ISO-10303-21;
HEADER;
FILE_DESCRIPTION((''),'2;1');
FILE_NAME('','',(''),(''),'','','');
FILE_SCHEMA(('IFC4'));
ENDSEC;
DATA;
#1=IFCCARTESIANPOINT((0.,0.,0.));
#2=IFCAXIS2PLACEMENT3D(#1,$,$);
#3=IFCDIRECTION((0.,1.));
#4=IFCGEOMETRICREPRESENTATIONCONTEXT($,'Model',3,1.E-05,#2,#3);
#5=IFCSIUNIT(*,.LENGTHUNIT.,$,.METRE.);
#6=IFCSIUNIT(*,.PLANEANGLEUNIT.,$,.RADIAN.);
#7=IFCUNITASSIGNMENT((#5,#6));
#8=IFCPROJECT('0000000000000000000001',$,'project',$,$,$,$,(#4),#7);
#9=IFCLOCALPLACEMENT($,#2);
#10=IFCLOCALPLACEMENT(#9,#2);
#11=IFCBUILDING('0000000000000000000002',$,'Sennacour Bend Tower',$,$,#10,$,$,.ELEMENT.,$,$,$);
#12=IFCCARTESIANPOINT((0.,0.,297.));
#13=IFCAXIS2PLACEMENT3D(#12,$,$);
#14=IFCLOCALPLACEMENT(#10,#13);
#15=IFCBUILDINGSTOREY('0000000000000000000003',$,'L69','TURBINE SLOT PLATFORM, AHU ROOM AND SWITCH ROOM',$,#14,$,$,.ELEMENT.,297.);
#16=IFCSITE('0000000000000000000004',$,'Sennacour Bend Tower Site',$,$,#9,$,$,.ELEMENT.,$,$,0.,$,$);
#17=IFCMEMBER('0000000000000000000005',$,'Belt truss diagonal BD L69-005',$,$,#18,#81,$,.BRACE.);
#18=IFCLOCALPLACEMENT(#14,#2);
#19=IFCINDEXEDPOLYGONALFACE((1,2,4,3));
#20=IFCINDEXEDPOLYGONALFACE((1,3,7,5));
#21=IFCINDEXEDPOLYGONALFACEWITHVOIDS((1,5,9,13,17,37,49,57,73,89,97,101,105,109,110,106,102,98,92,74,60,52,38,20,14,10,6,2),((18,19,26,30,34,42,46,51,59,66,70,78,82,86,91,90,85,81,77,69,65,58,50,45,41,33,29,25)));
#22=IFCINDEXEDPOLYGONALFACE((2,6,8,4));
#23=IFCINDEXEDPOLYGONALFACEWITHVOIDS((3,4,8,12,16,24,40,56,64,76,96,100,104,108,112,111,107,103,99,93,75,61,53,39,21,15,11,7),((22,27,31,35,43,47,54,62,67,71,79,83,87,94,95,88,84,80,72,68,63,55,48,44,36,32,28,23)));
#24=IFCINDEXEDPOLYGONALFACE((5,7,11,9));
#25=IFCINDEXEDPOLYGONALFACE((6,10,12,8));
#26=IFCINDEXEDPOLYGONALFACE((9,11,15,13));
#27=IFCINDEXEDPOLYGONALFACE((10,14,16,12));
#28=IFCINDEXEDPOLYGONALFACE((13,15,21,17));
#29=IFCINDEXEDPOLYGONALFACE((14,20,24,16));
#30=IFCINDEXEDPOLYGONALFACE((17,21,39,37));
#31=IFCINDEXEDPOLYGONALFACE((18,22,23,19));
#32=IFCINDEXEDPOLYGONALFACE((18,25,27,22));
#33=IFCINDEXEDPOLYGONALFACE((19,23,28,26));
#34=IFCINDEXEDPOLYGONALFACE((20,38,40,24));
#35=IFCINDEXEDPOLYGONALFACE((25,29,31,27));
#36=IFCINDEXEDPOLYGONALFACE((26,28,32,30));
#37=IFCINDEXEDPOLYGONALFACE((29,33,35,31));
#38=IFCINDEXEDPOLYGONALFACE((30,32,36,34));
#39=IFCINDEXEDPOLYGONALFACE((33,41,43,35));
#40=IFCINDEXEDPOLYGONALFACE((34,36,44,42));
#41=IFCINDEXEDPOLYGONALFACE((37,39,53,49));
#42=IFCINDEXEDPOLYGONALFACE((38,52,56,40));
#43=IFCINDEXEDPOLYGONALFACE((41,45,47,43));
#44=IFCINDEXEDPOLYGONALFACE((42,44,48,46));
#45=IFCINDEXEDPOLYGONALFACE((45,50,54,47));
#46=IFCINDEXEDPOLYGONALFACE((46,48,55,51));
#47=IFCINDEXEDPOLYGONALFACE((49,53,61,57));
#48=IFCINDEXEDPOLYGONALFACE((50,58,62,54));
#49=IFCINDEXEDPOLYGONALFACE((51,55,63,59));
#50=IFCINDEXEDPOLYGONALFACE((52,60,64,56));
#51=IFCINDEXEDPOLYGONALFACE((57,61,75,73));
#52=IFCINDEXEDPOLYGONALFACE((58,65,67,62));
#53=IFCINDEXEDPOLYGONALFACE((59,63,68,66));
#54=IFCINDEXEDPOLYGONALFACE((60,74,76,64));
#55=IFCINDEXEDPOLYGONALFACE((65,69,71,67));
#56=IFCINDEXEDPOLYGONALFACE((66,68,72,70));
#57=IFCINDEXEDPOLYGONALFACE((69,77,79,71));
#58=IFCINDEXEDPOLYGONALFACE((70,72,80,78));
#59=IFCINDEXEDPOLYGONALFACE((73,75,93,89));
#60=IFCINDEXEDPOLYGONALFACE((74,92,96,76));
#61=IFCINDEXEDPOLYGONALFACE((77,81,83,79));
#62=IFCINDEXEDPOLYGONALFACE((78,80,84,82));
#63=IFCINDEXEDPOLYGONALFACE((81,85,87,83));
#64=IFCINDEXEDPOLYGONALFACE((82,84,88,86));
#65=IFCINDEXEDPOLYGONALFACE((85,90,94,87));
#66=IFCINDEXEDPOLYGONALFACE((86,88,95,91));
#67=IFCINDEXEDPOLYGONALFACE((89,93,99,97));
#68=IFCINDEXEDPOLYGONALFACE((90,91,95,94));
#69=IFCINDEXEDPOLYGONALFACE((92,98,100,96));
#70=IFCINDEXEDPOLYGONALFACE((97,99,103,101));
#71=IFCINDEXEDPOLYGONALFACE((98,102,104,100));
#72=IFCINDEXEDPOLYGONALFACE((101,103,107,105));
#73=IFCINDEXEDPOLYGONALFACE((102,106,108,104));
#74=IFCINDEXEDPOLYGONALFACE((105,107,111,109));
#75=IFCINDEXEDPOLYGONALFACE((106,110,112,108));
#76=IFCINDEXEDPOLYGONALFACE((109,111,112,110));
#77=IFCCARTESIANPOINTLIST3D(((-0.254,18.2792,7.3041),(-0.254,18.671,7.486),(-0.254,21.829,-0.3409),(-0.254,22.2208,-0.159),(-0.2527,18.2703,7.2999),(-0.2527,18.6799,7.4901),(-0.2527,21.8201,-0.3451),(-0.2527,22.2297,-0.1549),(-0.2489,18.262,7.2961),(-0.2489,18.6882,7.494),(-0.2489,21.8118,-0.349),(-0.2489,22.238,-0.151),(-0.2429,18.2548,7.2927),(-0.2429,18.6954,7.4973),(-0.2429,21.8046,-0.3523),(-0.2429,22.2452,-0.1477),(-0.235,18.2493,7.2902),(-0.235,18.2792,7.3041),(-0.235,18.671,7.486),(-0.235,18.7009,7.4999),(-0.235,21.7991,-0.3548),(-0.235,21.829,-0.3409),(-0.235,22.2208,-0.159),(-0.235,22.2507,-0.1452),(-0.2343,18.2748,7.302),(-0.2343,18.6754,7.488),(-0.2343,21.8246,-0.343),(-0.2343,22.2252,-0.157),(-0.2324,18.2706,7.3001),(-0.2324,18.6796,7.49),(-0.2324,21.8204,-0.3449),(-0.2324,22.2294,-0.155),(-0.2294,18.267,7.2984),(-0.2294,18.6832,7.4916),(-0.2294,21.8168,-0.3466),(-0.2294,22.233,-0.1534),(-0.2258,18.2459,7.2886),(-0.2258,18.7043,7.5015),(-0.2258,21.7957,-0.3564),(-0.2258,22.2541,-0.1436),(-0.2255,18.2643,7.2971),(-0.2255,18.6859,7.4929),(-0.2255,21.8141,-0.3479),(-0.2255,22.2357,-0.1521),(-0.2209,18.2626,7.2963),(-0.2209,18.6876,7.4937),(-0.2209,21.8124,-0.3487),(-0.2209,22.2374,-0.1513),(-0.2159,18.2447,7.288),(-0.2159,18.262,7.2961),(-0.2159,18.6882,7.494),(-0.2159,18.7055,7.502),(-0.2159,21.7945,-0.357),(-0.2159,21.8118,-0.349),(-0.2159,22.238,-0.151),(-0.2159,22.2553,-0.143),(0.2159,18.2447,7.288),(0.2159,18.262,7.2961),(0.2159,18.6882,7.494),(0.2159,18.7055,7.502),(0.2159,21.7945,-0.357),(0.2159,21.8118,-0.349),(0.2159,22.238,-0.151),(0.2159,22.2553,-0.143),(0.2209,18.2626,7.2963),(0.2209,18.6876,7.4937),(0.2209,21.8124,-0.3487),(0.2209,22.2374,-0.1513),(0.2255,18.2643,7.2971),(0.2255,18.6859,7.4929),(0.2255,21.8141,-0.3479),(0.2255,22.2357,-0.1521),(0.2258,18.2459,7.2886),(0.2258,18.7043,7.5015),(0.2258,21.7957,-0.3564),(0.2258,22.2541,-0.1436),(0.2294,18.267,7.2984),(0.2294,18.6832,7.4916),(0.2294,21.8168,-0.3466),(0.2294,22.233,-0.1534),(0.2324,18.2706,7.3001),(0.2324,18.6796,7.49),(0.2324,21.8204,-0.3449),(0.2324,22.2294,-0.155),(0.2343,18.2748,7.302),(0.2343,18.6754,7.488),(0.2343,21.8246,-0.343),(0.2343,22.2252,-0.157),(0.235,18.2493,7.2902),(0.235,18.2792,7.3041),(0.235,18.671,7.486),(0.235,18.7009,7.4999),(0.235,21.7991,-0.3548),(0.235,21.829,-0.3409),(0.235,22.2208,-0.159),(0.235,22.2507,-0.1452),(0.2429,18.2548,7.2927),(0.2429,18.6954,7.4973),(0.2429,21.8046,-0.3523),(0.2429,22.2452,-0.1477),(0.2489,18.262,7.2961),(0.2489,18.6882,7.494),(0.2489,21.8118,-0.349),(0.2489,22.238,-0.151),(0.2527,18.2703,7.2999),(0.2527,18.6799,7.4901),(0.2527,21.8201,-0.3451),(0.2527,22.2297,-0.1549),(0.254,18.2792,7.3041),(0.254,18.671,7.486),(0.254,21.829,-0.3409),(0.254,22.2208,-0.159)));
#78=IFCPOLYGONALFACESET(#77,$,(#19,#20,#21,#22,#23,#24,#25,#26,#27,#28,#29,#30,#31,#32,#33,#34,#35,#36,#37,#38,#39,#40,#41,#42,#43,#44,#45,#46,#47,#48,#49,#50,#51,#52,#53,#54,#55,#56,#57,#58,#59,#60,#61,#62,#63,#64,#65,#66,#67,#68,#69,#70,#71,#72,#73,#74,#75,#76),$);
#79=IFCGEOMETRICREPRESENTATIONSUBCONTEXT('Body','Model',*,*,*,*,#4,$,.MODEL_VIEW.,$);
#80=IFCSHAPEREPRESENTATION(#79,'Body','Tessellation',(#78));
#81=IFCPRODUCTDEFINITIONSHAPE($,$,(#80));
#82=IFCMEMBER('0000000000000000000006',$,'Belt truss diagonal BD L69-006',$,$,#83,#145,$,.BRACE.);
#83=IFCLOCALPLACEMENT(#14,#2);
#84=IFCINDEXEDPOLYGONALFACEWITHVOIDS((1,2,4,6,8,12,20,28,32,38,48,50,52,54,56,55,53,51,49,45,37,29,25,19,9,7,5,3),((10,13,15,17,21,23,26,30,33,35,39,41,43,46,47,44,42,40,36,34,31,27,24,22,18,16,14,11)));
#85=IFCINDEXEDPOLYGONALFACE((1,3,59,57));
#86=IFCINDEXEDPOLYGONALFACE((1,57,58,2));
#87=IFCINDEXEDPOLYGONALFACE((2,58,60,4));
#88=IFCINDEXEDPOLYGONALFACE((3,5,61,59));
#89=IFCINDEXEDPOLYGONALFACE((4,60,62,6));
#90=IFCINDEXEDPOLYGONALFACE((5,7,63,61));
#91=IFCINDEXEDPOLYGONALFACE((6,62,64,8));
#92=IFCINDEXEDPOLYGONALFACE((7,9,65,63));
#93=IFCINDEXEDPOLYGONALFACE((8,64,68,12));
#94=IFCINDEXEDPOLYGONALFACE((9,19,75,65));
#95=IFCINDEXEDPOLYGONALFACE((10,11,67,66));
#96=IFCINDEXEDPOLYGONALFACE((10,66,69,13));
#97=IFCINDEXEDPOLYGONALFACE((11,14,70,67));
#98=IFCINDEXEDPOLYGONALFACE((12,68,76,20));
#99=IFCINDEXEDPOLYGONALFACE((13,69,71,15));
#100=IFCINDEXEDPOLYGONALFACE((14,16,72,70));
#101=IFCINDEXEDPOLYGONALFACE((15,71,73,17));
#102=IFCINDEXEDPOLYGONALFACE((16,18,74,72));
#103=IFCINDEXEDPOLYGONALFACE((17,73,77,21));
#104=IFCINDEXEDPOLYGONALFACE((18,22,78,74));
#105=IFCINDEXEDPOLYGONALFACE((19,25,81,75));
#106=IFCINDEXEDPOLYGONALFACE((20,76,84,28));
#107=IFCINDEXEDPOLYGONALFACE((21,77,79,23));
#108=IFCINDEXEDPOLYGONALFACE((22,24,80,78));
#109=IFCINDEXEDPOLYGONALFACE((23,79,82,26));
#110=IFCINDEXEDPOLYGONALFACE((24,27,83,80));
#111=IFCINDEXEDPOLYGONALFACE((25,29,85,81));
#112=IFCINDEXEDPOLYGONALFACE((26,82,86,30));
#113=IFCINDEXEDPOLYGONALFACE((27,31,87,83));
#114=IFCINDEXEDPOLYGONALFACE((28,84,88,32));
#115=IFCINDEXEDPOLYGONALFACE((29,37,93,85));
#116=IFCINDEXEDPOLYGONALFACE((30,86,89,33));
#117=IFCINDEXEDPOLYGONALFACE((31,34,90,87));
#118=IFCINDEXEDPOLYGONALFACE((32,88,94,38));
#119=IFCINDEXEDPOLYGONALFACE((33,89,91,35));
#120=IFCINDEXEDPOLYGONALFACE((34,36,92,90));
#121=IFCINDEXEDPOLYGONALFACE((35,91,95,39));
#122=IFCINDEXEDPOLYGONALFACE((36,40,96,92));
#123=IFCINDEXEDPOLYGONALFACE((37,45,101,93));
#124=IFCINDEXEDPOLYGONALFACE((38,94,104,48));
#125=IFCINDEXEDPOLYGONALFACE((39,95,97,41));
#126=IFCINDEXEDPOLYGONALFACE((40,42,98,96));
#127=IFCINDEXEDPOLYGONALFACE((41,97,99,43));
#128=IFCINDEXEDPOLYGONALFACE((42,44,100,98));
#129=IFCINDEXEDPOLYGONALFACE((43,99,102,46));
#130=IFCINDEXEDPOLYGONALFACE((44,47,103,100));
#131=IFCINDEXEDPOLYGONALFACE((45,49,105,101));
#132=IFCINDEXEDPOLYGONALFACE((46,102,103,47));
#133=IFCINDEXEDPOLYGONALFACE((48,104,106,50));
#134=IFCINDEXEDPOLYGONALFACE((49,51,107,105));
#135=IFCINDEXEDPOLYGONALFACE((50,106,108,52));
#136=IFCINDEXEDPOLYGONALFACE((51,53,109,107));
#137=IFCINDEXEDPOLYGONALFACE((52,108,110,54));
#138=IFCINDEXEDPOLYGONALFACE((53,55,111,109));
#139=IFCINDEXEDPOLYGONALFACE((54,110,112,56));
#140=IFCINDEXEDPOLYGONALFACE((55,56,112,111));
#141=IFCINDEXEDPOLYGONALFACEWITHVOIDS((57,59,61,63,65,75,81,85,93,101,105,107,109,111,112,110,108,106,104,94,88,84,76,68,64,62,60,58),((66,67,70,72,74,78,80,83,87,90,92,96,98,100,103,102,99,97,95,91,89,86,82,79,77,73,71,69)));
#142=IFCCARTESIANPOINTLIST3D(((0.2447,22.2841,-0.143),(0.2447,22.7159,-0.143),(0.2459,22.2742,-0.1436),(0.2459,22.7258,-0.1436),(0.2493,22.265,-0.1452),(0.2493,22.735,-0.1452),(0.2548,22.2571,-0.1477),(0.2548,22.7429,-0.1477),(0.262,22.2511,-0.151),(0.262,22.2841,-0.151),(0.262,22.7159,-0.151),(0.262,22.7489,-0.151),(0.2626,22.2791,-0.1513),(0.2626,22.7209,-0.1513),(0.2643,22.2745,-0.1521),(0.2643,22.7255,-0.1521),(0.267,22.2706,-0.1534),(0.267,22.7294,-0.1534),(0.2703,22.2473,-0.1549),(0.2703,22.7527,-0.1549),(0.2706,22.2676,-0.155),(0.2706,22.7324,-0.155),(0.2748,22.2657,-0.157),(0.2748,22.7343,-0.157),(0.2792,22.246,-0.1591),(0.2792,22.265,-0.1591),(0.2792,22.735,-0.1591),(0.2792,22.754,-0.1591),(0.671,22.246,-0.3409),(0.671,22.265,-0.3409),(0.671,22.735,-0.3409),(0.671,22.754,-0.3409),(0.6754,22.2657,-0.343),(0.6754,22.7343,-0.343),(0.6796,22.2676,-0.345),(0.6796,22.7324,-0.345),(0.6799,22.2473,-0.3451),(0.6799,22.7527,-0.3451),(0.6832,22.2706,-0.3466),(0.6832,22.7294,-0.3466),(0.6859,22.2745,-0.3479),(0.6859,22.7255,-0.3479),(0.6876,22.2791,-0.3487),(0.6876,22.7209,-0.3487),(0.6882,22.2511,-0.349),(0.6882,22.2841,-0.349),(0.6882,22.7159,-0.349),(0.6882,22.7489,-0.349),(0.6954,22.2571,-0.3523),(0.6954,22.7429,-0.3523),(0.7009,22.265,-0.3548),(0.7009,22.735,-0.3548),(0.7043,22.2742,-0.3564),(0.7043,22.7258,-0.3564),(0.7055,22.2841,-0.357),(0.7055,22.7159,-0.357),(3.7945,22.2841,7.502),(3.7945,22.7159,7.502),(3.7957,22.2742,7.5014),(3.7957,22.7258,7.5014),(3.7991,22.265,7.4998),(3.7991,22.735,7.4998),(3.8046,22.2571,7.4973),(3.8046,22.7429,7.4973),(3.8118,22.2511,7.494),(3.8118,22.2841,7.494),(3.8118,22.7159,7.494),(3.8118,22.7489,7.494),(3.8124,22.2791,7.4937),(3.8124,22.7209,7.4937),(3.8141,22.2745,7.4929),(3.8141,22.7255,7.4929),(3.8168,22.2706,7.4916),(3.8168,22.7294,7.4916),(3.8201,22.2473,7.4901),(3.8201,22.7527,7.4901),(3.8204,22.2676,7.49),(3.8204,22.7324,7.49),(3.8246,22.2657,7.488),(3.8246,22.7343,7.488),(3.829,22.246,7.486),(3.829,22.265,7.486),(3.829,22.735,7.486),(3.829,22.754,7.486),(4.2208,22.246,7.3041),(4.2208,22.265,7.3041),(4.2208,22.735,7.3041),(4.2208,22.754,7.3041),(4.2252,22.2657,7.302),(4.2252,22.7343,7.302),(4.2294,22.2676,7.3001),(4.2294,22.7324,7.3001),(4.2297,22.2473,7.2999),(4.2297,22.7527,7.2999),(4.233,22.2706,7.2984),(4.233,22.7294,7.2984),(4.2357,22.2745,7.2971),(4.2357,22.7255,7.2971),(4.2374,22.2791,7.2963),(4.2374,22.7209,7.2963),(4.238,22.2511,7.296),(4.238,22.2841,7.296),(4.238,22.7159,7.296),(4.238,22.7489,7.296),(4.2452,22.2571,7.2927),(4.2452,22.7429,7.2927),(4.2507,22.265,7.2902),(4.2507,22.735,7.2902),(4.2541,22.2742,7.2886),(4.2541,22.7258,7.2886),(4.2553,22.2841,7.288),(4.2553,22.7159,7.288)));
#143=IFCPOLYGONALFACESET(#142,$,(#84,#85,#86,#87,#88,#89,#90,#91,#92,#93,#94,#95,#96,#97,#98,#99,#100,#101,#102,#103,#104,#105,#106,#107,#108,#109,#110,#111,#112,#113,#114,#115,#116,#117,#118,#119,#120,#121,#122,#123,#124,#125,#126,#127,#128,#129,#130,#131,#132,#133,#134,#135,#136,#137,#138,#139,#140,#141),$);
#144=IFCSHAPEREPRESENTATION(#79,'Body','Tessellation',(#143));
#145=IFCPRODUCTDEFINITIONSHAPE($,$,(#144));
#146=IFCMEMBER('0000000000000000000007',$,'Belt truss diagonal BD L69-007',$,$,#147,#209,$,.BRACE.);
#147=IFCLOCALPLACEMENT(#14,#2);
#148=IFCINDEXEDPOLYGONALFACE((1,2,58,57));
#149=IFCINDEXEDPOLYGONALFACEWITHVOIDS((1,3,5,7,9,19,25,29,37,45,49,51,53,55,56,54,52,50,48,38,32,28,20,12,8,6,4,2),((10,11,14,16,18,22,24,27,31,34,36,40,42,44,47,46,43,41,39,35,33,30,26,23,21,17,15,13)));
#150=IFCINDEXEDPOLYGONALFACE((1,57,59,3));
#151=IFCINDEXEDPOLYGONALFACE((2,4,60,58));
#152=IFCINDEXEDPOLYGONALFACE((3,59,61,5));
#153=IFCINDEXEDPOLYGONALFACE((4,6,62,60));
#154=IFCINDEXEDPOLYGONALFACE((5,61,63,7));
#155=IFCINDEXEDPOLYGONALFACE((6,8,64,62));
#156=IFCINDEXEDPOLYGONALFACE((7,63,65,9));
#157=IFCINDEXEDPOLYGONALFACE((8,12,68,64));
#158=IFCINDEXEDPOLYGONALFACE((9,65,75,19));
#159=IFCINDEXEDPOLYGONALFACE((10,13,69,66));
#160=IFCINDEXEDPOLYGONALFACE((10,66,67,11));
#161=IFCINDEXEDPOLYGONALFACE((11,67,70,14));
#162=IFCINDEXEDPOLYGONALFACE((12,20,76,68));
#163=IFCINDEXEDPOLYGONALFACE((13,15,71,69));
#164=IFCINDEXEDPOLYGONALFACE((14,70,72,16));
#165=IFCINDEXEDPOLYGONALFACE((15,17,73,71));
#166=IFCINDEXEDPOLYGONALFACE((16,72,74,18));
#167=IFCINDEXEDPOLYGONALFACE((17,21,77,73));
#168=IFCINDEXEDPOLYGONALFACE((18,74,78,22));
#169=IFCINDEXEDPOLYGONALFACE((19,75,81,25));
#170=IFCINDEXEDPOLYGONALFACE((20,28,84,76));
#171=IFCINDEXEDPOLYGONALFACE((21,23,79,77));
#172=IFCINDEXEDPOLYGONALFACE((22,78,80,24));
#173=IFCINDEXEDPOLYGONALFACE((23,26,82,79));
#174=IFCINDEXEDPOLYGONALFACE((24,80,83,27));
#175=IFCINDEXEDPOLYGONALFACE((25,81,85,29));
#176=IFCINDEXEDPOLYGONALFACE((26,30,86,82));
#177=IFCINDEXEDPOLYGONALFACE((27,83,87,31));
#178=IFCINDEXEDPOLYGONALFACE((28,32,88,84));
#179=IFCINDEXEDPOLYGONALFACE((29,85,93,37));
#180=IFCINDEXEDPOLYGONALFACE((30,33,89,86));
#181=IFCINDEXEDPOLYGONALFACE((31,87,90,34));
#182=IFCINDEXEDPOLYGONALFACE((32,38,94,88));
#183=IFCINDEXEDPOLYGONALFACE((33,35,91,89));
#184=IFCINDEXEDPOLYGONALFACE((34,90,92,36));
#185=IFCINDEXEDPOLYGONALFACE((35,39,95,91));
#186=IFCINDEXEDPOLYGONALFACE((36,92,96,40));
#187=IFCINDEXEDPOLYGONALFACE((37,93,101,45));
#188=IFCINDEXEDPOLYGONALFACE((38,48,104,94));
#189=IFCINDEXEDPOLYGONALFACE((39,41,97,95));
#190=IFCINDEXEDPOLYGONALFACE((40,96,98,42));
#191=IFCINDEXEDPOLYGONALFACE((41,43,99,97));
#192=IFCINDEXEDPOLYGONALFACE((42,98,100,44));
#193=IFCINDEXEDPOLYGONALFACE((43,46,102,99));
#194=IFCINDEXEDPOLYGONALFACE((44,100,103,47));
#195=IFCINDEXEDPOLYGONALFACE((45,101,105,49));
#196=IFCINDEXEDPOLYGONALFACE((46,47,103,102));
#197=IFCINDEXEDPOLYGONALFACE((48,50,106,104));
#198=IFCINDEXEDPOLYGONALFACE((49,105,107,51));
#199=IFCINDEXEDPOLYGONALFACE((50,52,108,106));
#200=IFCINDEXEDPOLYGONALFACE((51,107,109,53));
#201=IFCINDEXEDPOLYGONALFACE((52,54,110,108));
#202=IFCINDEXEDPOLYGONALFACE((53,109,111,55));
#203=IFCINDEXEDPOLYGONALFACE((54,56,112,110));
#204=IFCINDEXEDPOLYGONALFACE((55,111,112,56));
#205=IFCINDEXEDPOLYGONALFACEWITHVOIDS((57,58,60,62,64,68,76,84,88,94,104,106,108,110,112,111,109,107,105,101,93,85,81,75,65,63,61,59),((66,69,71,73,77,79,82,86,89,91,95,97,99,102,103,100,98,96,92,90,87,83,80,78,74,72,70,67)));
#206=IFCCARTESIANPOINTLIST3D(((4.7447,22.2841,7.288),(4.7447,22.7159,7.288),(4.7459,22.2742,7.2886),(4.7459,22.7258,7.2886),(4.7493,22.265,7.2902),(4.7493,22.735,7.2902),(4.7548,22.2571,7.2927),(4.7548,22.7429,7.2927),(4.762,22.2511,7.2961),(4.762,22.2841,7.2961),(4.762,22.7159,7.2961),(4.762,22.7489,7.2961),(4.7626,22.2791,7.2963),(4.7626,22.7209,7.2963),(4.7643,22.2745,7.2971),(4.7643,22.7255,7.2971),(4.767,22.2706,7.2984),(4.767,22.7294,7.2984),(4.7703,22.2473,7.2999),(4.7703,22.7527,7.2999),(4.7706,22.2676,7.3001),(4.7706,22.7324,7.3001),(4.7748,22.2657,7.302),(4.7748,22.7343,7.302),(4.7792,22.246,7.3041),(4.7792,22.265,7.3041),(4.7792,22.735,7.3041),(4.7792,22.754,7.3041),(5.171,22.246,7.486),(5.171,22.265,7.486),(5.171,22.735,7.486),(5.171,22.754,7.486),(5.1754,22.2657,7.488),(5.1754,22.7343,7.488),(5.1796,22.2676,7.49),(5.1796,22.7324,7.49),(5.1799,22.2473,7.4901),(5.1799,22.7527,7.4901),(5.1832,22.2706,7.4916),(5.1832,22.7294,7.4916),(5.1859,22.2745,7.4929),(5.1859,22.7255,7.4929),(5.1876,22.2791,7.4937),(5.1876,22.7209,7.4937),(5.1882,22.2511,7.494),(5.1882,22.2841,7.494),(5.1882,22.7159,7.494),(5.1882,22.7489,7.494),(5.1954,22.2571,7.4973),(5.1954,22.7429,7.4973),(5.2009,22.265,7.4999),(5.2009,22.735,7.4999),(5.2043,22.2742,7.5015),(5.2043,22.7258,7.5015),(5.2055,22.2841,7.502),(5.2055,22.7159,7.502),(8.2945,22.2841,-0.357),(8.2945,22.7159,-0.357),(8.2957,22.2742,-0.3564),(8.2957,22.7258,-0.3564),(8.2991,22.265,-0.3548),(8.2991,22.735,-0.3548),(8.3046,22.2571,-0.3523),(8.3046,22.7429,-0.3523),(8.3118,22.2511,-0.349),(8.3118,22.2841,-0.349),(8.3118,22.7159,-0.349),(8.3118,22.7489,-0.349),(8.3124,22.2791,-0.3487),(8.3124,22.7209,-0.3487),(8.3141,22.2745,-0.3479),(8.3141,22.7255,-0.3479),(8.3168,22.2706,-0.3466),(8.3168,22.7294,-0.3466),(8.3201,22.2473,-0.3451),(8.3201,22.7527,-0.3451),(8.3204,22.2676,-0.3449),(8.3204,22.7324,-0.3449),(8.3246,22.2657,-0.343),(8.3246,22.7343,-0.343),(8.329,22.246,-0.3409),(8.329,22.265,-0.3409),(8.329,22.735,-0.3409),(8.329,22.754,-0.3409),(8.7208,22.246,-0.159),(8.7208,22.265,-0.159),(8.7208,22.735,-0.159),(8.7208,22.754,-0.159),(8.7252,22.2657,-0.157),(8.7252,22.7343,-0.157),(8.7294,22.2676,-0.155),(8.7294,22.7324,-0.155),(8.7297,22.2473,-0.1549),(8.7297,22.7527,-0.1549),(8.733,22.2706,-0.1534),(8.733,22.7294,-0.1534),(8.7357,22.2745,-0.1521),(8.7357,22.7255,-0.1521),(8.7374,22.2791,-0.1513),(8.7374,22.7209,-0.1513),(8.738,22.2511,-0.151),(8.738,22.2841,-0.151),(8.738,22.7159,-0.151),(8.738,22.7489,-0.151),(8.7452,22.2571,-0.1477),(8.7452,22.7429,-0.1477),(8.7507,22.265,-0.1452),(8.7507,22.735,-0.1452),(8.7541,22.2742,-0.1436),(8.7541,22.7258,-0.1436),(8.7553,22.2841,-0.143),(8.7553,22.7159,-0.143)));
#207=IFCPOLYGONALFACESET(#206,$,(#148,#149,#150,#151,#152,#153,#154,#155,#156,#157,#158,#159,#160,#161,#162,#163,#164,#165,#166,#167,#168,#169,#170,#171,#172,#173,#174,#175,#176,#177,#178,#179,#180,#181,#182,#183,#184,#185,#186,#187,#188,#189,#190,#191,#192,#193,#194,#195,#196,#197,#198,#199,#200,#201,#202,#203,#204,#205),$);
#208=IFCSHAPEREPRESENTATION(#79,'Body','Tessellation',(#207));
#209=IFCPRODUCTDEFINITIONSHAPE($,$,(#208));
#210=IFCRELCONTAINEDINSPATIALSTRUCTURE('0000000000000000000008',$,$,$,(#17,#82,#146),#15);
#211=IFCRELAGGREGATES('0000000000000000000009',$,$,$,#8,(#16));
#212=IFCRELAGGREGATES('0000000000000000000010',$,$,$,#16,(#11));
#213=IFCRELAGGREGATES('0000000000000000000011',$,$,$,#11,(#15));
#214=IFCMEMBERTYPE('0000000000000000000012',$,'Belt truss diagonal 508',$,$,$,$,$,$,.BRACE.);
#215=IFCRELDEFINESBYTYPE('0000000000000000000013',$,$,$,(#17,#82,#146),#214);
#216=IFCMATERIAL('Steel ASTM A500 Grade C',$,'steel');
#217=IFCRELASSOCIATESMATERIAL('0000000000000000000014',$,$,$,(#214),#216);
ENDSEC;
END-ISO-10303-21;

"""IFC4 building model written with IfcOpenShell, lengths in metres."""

from ifc_helpers import new_model, si_unit, direction, frame, origin, origin_2d, place, context, subcontext, project, spatial, hollow_rectangle, extrude, material, material_profile, profile_set, type_object, element, save


model = new_model("IFC4")

# Units and contexts
model_context = context("Model", 3, precision=1e-05, world=origin(), true_north=direction((0.0, 1.0)))
body_context = subcontext(model_context, "Body", "Model", "MODEL_VIEW")
ifc_project = project(units=[si_unit("LENGTHUNIT", "METRE"), si_unit("PLANEANGLEUNIT", "RADIAN")], contexts=[model_context])

# Site, building, storey
site_placement = place(None, origin())
site = spatial("IfcSite", under=ifc_project, at=site_placement, Name="Sennacour Bend Tower Site", CompositionType="ELEMENT", RefElevation=0.0)
building_placement = place(site_placement, origin())
building = spatial("IfcBuilding", under=site, at=building_placement, Name="Sennacour Bend Tower", CompositionType="ELEMENT")
storey_placement = place(building_placement, frame((0.0, 0.0, 297.0)))
storey = spatial("IfcBuildingStorey", under=building, at=storey_placement, Name="L69", Description="TURBINE SLOT PLATFORM, AHU ROOM AND SWITCH ROOM", CompositionType="ELEMENT", Elevation=297.0)

# Members
ifc_material_1 = material(Name="Steel ASTM A500 Grade C", Category="steel")
ifc_material_profile_1 = material_profile(ifc_material_1, hollow_rectangle(XDim=0.5081, YDim=0.5081, WallThickness=0.019, InnerFilletRadius=0.019, OuterFilletRadius=0.0381, at=origin_2d()), Name="Steel ASTM A500 Grade C", Category="steel")
ifc_profile_set_1 = profile_set([ifc_material_profile_1], Name="Steel ASTM A500 Grade C")
member_type_1 = type_object("IfcMemberType", Name="Belt truss diagonal 508", PredefinedType="BRACE", material=ifc_profile_set_1)
for number, where, z_axis, x_axis, name in (
    (1, (0.0, 18.4751, 7.395), (0.0, 0.421144, -0.906994), (-1.0, 0.0, 0.0), "Belt truss diagonal BD L69-005"),
    (2, (0.4751, 22.5, -0.25), (0.421144, 0.0, 0.906994), (0.0, 1.0, 0.0), "Belt truss diagonal BD L69-006"),
    (3, (4.9751, 22.5, 7.395), (0.421144, 0.0, -0.906994), (0.0, 1.0, 0.0), "Belt truss diagonal BD L69-007"),
):
    element("IfcMember", number, at=place(storey_placement, frame(where, z_axis=z_axis, x_axis=x_axis)), inside=storey, type_object=member_type_1, Name=name, PredefinedType="BRACE", context=body_context, shape_type="SweptSolid", body=[
        extrude(hollow_rectangle(XDim=0.5081, YDim=0.5081, WallThickness=0.019, InnerFilletRadius=0.019, OuterFilletRadius=0.0381, at=origin_2d()), origin(), (0.0, 0.0, 1.0), 8.429),
    ])

save(model, "model.ifc")
